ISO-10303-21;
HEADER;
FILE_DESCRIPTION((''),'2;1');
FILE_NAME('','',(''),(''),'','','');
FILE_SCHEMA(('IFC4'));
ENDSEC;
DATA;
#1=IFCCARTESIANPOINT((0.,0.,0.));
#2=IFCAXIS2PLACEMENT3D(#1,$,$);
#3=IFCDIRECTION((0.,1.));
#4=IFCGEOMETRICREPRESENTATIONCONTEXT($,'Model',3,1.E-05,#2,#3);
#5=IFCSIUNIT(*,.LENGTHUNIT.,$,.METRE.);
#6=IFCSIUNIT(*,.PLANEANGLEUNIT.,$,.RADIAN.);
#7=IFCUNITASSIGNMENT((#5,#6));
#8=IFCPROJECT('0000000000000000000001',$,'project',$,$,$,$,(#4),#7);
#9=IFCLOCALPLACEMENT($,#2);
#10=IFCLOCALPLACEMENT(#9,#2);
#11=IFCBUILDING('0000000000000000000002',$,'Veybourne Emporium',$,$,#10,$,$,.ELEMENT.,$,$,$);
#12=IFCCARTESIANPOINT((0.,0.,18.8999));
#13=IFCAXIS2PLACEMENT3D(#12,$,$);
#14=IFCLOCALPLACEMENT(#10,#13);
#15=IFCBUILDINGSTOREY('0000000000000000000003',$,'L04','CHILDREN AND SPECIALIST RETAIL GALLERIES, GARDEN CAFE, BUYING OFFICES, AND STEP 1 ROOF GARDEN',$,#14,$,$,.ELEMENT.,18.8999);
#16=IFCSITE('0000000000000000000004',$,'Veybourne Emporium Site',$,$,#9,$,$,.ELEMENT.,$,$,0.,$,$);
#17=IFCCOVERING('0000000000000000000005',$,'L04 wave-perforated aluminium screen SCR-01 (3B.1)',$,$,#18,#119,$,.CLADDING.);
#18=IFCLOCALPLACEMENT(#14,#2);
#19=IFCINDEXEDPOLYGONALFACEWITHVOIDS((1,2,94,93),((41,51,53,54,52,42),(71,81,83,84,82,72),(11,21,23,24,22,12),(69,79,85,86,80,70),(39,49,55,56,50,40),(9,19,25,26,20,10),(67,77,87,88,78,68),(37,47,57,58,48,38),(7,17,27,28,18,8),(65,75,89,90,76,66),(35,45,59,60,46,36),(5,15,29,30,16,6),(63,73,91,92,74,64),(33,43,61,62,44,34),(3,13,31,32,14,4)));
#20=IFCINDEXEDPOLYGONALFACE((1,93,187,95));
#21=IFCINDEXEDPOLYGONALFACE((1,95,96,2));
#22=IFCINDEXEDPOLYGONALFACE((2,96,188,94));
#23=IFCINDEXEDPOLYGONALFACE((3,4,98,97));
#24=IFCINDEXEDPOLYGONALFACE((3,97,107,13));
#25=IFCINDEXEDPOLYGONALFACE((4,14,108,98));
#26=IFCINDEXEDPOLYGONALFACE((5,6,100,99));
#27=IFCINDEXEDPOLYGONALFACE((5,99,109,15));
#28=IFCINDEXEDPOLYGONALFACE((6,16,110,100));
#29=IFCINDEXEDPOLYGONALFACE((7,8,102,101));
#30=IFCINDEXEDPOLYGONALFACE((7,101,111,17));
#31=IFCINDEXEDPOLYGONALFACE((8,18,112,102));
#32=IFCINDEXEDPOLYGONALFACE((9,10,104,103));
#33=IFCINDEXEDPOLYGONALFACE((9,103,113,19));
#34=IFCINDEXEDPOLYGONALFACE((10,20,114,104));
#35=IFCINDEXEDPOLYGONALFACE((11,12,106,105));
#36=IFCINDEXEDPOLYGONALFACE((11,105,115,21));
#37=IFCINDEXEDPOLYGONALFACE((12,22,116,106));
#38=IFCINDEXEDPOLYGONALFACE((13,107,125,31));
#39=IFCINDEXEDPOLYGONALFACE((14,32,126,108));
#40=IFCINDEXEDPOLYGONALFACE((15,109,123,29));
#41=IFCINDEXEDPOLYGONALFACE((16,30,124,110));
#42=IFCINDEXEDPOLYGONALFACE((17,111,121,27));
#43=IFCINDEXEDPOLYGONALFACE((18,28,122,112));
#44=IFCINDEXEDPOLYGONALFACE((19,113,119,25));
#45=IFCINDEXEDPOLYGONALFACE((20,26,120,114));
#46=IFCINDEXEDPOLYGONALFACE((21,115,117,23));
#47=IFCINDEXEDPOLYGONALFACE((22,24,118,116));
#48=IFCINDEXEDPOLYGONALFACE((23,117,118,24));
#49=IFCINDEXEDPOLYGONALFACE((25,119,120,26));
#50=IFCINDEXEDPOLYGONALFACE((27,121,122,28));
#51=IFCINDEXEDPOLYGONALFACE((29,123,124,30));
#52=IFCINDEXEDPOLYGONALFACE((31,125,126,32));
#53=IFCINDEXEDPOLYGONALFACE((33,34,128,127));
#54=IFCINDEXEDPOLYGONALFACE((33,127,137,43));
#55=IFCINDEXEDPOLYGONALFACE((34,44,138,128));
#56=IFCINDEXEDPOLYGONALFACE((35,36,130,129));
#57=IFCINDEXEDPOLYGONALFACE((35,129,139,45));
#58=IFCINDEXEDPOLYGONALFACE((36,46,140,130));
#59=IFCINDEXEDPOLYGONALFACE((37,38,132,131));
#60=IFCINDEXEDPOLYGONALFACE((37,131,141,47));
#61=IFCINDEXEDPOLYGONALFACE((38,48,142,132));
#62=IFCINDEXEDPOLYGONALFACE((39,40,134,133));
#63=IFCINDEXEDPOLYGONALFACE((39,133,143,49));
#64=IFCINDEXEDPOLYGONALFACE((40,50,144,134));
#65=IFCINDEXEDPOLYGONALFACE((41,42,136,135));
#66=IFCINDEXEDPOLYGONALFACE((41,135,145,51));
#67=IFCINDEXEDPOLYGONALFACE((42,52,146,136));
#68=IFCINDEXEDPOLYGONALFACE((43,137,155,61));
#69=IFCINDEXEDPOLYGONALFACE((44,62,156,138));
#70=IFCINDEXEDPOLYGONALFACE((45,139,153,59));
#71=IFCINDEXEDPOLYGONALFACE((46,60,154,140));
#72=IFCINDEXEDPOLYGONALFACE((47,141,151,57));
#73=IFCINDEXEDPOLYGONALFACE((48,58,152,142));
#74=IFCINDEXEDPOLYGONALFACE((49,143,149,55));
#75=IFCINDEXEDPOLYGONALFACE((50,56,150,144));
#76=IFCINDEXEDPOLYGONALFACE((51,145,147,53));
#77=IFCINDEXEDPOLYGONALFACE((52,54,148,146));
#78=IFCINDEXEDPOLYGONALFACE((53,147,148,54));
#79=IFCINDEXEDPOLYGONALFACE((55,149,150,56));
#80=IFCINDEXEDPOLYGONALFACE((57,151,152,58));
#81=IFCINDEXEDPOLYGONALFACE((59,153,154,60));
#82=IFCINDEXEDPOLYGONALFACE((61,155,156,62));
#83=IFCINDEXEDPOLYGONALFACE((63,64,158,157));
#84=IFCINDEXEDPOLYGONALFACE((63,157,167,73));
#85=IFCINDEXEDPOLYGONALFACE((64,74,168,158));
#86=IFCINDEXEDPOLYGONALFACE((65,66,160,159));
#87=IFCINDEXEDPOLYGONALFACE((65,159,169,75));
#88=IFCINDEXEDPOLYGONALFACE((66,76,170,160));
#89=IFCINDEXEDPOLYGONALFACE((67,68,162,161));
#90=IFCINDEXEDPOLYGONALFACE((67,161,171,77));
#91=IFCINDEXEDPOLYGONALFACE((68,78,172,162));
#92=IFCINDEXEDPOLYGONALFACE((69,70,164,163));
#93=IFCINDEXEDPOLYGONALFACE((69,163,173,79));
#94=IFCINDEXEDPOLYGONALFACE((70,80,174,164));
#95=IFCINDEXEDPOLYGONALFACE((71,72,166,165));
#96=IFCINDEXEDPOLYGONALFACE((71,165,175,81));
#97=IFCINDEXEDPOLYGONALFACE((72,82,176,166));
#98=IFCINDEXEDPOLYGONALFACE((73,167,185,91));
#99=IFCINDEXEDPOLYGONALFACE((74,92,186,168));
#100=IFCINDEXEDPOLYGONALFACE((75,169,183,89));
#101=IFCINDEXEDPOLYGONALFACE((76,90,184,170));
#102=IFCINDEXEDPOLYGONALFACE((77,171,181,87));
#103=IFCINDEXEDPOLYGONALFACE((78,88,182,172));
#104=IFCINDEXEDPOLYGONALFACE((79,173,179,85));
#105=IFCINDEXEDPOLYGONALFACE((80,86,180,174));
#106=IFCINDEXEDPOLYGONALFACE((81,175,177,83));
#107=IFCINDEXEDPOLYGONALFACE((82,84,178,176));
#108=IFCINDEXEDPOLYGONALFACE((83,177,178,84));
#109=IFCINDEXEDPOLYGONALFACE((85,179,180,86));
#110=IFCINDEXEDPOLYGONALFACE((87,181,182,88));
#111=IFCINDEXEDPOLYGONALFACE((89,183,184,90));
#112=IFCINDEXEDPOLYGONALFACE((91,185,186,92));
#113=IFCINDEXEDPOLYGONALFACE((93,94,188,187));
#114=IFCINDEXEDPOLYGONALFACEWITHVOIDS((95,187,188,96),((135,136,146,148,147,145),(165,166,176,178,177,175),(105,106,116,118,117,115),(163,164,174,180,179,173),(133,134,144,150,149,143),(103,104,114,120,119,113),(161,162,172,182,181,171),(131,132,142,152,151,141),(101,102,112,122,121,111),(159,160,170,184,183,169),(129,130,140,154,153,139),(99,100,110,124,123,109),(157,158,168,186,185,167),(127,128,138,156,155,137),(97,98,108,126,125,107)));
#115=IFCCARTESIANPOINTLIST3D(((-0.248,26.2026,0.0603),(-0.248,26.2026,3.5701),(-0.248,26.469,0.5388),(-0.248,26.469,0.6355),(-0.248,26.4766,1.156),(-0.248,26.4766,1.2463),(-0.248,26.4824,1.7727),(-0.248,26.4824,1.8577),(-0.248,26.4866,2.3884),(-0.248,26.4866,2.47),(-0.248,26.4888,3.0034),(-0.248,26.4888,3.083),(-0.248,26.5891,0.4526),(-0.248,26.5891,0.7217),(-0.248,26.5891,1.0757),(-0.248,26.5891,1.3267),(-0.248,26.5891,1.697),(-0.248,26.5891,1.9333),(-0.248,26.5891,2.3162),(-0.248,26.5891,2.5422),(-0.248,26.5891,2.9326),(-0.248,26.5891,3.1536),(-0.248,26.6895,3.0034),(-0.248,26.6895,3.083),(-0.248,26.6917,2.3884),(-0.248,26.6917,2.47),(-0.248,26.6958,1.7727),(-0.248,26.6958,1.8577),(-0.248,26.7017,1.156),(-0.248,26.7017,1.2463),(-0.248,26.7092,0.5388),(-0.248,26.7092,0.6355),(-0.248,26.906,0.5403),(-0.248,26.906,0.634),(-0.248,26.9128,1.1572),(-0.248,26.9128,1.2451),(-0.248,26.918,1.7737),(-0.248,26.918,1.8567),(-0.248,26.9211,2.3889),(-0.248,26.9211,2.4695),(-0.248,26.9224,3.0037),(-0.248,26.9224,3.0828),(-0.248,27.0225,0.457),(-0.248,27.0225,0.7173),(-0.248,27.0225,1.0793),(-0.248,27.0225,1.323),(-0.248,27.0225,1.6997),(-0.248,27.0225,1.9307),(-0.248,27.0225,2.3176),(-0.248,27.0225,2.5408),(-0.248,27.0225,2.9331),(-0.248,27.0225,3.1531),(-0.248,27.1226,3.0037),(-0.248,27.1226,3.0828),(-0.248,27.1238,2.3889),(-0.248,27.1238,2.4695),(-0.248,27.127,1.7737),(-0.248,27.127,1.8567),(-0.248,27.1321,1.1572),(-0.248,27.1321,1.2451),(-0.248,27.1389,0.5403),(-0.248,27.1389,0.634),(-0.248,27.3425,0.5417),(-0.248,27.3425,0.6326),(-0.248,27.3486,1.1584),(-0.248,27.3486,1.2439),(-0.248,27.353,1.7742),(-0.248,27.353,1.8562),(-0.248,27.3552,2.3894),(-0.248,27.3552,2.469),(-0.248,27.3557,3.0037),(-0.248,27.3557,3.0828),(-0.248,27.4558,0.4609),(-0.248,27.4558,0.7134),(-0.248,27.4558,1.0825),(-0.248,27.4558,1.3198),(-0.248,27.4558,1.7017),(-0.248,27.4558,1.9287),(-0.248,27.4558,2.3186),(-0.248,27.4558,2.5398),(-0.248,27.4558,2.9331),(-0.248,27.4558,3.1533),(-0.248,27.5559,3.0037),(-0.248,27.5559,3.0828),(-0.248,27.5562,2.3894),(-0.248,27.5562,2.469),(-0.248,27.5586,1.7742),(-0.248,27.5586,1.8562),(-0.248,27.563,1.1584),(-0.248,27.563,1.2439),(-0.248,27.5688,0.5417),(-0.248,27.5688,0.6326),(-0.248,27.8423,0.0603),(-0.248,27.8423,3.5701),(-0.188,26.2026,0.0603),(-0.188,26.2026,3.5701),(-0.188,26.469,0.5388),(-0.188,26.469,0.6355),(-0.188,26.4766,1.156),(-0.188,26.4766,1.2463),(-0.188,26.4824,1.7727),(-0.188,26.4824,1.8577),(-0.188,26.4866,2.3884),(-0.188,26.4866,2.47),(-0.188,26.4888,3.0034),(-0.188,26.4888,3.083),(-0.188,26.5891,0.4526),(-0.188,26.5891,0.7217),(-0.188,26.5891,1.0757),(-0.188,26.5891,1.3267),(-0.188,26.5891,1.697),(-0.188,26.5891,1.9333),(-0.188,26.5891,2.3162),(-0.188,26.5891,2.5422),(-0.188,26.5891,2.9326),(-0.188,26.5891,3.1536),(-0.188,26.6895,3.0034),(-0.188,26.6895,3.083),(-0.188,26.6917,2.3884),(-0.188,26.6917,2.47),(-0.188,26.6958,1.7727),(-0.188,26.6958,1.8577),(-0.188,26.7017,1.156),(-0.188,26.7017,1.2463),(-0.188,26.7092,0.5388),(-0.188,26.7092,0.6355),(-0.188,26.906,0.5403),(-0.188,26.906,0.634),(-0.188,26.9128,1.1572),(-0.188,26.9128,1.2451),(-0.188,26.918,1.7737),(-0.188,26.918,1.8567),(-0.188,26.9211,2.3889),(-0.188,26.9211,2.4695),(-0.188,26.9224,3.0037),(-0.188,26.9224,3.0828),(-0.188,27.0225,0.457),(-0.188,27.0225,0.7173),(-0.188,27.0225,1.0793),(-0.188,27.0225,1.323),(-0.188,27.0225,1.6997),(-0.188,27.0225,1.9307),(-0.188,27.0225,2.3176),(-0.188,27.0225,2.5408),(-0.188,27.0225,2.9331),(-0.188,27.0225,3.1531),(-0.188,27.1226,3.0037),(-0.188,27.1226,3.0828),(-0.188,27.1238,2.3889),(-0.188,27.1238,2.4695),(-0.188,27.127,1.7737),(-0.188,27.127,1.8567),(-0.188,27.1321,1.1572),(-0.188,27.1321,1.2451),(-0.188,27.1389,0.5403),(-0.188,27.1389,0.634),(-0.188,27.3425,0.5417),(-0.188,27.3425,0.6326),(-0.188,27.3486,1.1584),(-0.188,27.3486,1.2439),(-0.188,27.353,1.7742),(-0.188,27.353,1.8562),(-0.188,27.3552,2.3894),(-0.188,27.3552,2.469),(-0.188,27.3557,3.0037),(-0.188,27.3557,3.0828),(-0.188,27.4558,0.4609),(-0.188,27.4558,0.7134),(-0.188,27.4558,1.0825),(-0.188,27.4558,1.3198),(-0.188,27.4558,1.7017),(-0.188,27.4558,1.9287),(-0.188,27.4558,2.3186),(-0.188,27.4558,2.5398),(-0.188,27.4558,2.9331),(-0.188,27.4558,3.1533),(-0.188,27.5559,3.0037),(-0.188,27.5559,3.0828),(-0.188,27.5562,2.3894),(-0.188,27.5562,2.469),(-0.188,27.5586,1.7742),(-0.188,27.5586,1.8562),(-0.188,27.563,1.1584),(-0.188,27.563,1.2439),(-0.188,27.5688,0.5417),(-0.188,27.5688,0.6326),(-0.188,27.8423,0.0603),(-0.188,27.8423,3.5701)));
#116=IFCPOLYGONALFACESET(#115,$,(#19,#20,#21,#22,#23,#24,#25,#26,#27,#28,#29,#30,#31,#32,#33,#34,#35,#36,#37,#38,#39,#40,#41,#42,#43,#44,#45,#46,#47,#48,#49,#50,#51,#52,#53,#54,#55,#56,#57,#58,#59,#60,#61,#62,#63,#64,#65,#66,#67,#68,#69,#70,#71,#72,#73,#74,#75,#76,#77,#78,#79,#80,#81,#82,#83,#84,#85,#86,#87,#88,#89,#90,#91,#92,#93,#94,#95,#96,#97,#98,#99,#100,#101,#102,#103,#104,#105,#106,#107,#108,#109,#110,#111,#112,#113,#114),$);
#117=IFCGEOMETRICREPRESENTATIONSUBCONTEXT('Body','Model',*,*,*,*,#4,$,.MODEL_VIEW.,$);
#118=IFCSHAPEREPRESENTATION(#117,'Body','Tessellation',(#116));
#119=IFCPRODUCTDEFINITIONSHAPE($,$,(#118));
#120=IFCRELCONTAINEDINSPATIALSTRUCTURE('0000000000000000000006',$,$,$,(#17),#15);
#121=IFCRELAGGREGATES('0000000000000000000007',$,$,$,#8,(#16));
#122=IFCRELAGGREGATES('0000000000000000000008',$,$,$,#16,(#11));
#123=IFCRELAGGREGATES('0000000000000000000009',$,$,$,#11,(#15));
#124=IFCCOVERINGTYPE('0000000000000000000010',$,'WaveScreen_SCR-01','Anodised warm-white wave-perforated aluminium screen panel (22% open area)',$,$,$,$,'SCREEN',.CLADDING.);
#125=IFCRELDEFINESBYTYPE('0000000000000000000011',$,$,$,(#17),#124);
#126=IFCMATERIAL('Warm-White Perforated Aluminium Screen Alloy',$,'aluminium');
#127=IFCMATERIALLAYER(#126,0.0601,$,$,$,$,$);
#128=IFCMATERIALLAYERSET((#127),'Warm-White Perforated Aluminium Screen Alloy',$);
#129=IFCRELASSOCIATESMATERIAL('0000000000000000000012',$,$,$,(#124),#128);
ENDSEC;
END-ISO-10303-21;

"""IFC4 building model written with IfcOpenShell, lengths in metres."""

from ifc_helpers import new_model, si_unit, direction, frame, origin, place, context, subcontext, project, spatial, polyline, outline, extrude, material, layer, layer_set, type_object, element, save


model = new_model("IFC4")

# Units and contexts
model_context = context("Model", 3, precision=1e-05, world=origin(), true_north=direction((0.0, 1.0)))
body_context = subcontext(model_context, "Body", "Model", "MODEL_VIEW")
ifc_project = project(units=[si_unit("LENGTHUNIT", "METRE"), si_unit("PLANEANGLEUNIT", "RADIAN")], contexts=[model_context])

# Site, building, storey
site_placement = place(None, origin())
site = spatial("IfcSite", under=ifc_project, at=site_placement, Name="Veybourne Emporium Site", CompositionType="ELEMENT", RefElevation=0.0)
building_placement = place(site_placement, origin())
building = spatial("IfcBuilding", under=site, at=building_placement, Name="Veybourne Emporium", CompositionType="ELEMENT")
storey_placement = place(building_placement, frame((0.0, 0.0, 18.8999)))
storey = spatial("IfcBuildingStorey", under=building, at=storey_placement, Name="L04", Description="CHILDREN AND SPECIALIST RETAIL GALLERIES, GARDEN CAFE, BUYING OFFICES, AND STEP 1 ROOF GARDEN", CompositionType="ELEMENT", Elevation=18.8999)

# Covering
ifc_material_1 = material(Name="Warm-White Perforated Aluminium Screen Alloy", Category="aluminium")
ifc_layer_1 = layer(ifc_material_1, 0.0601)
ifc_layer_set_1 = layer_set([ifc_layer_1], Name="Warm-White Perforated Aluminium Screen Alloy")
covering_type_1 = type_object("IfcCoveringType", Name="WaveScreen_SCR-01", Description="Anodised warm-white wave-perforated aluminium screen panel (22% open area)", ElementType="SCREEN", PredefinedType="CLADDING", material=ifc_layer_set_1)
covering_1_placement = place(storey_placement, frame((-0.248, 27.0225, 1.8152), z_axis=(1.0, 0.0, 0.0), x_axis=(0.0, 1.0, 0.0)))
element("IfcCovering", 1, at=covering_1_placement, inside=storey, type_object=covering_type_1, Name="L04 wave-perforated aluminium screen SCR-01 (3B.1)", PredefinedType="CLADDING", context=body_context, shape_type="SweptSolid", body=[
    extrude(outline(polyline([(-0.8198, -1.7549), (0.8198, -1.7549), (0.8198, 1.7549), (-0.8198, 1.7549), (-0.8198, -1.7549)]), holes=[polyline([(-0.4333, -1.0935), (-0.3132, -1.1797), (-0.3132, -1.2764), (-0.4333, -1.3625), (-0.5535, -1.2764), (-0.5535, -1.1797), (-0.4333, -1.0935)]), polyline([(-0.4333, -0.4885), (-0.3208, -0.5688), (-0.3208, -0.6592), (-0.4333, -0.7395), (-0.5459, -0.6592), (-0.5459, -0.5688), (-0.4333, -0.4885)]), polyline([(-0.4333, 0.1182), (-0.3267, 0.0425), (-0.3267, -0.0425), (-0.4333, -0.1182), (-0.54, -0.0425), (-0.54, 0.0425), (-0.4333, 0.1182)]), polyline([(-0.4333, 0.7271), (-0.3308, 0.6548), (-0.3308, 0.5732), (-0.4333, 0.501), (-0.5359, 0.5732), (-0.5359, 0.6548), (-0.4333, 0.7271)]), polyline([(-0.4333, 1.3384), (-0.333, 1.2678), (-0.333, 1.1882), (-0.4333, 1.1174), (-0.5337, 1.1882), (-0.5337, 1.2678), (-0.4333, 1.3384)]), polyline([(0.0, -1.0979), (0.1165, -1.1812), (0.1165, -1.2749), (0.0, -1.3582), (-0.1165, -1.2749), (-0.1165, -1.1812), (0.0, -1.0979)]), polyline([(0.0, -0.4922), (0.1096, -0.5701), (0.1096, -0.658), (0.0, -0.7358), (-0.1096, -0.658), (-0.1096, -0.5701), (0.0, -0.4922)]), polyline([(0.0, 0.1155), (0.1045, 0.0415), (0.1045, -0.0415), (0.0, -0.1155), (-0.1045, -0.0415), (-0.1045, 0.0415), (0.0, 0.1155)]), polyline([(0.0, 0.7256), (0.1013, 0.6543), (0.1013, 0.5737), (0.0, 0.5024), (-0.1013, 0.5737), (-0.1013, 0.6543), (0.0, 0.7256)]), polyline([(0.0, 1.3379), (0.1001, 1.2676), (0.1001, 1.1885), (0.0, 1.1179), (-0.1001, 1.1885), (-0.1001, 1.2676), (0.0, 1.3379)]), polyline([(0.4333, -1.1018), (0.5464, -1.1826), (0.5464, -1.2734), (0.4333, -1.3542), (0.3201, -1.2734), (0.3201, -1.1826), (0.4333, -1.1018)]), polyline([(0.4333, -0.4954), (0.5405, -0.5713), (0.5405, -0.6567), (0.4333, -0.7327), (0.3262, -0.6567), (0.3262, -0.5713), (0.4333, -0.4954)]), polyline([(0.4333, 0.1135), (0.5361, 0.041), (0.5361, -0.041), (0.4333, -0.1135), (0.3306, -0.041), (0.3306, 0.041), (0.4333, 0.1135)]), polyline([(0.4333, 0.7246), (0.5337, 0.6538), (0.5337, 0.5742), (0.4333, 0.5034), (0.3328, 0.5742), (0.3328, 0.6538), (0.4333, 0.7246)]), polyline([(0.4333, 1.3381), (0.5334, 1.2676), (0.5334, 1.1885), (0.4333, 1.1179), (0.3333, 1.1885), (0.3333, 1.2676), (0.4333, 1.3381)])]), origin(), (0.0, 0.0, 1.0), 0.0601),
])

save(model, "model.ifc")
